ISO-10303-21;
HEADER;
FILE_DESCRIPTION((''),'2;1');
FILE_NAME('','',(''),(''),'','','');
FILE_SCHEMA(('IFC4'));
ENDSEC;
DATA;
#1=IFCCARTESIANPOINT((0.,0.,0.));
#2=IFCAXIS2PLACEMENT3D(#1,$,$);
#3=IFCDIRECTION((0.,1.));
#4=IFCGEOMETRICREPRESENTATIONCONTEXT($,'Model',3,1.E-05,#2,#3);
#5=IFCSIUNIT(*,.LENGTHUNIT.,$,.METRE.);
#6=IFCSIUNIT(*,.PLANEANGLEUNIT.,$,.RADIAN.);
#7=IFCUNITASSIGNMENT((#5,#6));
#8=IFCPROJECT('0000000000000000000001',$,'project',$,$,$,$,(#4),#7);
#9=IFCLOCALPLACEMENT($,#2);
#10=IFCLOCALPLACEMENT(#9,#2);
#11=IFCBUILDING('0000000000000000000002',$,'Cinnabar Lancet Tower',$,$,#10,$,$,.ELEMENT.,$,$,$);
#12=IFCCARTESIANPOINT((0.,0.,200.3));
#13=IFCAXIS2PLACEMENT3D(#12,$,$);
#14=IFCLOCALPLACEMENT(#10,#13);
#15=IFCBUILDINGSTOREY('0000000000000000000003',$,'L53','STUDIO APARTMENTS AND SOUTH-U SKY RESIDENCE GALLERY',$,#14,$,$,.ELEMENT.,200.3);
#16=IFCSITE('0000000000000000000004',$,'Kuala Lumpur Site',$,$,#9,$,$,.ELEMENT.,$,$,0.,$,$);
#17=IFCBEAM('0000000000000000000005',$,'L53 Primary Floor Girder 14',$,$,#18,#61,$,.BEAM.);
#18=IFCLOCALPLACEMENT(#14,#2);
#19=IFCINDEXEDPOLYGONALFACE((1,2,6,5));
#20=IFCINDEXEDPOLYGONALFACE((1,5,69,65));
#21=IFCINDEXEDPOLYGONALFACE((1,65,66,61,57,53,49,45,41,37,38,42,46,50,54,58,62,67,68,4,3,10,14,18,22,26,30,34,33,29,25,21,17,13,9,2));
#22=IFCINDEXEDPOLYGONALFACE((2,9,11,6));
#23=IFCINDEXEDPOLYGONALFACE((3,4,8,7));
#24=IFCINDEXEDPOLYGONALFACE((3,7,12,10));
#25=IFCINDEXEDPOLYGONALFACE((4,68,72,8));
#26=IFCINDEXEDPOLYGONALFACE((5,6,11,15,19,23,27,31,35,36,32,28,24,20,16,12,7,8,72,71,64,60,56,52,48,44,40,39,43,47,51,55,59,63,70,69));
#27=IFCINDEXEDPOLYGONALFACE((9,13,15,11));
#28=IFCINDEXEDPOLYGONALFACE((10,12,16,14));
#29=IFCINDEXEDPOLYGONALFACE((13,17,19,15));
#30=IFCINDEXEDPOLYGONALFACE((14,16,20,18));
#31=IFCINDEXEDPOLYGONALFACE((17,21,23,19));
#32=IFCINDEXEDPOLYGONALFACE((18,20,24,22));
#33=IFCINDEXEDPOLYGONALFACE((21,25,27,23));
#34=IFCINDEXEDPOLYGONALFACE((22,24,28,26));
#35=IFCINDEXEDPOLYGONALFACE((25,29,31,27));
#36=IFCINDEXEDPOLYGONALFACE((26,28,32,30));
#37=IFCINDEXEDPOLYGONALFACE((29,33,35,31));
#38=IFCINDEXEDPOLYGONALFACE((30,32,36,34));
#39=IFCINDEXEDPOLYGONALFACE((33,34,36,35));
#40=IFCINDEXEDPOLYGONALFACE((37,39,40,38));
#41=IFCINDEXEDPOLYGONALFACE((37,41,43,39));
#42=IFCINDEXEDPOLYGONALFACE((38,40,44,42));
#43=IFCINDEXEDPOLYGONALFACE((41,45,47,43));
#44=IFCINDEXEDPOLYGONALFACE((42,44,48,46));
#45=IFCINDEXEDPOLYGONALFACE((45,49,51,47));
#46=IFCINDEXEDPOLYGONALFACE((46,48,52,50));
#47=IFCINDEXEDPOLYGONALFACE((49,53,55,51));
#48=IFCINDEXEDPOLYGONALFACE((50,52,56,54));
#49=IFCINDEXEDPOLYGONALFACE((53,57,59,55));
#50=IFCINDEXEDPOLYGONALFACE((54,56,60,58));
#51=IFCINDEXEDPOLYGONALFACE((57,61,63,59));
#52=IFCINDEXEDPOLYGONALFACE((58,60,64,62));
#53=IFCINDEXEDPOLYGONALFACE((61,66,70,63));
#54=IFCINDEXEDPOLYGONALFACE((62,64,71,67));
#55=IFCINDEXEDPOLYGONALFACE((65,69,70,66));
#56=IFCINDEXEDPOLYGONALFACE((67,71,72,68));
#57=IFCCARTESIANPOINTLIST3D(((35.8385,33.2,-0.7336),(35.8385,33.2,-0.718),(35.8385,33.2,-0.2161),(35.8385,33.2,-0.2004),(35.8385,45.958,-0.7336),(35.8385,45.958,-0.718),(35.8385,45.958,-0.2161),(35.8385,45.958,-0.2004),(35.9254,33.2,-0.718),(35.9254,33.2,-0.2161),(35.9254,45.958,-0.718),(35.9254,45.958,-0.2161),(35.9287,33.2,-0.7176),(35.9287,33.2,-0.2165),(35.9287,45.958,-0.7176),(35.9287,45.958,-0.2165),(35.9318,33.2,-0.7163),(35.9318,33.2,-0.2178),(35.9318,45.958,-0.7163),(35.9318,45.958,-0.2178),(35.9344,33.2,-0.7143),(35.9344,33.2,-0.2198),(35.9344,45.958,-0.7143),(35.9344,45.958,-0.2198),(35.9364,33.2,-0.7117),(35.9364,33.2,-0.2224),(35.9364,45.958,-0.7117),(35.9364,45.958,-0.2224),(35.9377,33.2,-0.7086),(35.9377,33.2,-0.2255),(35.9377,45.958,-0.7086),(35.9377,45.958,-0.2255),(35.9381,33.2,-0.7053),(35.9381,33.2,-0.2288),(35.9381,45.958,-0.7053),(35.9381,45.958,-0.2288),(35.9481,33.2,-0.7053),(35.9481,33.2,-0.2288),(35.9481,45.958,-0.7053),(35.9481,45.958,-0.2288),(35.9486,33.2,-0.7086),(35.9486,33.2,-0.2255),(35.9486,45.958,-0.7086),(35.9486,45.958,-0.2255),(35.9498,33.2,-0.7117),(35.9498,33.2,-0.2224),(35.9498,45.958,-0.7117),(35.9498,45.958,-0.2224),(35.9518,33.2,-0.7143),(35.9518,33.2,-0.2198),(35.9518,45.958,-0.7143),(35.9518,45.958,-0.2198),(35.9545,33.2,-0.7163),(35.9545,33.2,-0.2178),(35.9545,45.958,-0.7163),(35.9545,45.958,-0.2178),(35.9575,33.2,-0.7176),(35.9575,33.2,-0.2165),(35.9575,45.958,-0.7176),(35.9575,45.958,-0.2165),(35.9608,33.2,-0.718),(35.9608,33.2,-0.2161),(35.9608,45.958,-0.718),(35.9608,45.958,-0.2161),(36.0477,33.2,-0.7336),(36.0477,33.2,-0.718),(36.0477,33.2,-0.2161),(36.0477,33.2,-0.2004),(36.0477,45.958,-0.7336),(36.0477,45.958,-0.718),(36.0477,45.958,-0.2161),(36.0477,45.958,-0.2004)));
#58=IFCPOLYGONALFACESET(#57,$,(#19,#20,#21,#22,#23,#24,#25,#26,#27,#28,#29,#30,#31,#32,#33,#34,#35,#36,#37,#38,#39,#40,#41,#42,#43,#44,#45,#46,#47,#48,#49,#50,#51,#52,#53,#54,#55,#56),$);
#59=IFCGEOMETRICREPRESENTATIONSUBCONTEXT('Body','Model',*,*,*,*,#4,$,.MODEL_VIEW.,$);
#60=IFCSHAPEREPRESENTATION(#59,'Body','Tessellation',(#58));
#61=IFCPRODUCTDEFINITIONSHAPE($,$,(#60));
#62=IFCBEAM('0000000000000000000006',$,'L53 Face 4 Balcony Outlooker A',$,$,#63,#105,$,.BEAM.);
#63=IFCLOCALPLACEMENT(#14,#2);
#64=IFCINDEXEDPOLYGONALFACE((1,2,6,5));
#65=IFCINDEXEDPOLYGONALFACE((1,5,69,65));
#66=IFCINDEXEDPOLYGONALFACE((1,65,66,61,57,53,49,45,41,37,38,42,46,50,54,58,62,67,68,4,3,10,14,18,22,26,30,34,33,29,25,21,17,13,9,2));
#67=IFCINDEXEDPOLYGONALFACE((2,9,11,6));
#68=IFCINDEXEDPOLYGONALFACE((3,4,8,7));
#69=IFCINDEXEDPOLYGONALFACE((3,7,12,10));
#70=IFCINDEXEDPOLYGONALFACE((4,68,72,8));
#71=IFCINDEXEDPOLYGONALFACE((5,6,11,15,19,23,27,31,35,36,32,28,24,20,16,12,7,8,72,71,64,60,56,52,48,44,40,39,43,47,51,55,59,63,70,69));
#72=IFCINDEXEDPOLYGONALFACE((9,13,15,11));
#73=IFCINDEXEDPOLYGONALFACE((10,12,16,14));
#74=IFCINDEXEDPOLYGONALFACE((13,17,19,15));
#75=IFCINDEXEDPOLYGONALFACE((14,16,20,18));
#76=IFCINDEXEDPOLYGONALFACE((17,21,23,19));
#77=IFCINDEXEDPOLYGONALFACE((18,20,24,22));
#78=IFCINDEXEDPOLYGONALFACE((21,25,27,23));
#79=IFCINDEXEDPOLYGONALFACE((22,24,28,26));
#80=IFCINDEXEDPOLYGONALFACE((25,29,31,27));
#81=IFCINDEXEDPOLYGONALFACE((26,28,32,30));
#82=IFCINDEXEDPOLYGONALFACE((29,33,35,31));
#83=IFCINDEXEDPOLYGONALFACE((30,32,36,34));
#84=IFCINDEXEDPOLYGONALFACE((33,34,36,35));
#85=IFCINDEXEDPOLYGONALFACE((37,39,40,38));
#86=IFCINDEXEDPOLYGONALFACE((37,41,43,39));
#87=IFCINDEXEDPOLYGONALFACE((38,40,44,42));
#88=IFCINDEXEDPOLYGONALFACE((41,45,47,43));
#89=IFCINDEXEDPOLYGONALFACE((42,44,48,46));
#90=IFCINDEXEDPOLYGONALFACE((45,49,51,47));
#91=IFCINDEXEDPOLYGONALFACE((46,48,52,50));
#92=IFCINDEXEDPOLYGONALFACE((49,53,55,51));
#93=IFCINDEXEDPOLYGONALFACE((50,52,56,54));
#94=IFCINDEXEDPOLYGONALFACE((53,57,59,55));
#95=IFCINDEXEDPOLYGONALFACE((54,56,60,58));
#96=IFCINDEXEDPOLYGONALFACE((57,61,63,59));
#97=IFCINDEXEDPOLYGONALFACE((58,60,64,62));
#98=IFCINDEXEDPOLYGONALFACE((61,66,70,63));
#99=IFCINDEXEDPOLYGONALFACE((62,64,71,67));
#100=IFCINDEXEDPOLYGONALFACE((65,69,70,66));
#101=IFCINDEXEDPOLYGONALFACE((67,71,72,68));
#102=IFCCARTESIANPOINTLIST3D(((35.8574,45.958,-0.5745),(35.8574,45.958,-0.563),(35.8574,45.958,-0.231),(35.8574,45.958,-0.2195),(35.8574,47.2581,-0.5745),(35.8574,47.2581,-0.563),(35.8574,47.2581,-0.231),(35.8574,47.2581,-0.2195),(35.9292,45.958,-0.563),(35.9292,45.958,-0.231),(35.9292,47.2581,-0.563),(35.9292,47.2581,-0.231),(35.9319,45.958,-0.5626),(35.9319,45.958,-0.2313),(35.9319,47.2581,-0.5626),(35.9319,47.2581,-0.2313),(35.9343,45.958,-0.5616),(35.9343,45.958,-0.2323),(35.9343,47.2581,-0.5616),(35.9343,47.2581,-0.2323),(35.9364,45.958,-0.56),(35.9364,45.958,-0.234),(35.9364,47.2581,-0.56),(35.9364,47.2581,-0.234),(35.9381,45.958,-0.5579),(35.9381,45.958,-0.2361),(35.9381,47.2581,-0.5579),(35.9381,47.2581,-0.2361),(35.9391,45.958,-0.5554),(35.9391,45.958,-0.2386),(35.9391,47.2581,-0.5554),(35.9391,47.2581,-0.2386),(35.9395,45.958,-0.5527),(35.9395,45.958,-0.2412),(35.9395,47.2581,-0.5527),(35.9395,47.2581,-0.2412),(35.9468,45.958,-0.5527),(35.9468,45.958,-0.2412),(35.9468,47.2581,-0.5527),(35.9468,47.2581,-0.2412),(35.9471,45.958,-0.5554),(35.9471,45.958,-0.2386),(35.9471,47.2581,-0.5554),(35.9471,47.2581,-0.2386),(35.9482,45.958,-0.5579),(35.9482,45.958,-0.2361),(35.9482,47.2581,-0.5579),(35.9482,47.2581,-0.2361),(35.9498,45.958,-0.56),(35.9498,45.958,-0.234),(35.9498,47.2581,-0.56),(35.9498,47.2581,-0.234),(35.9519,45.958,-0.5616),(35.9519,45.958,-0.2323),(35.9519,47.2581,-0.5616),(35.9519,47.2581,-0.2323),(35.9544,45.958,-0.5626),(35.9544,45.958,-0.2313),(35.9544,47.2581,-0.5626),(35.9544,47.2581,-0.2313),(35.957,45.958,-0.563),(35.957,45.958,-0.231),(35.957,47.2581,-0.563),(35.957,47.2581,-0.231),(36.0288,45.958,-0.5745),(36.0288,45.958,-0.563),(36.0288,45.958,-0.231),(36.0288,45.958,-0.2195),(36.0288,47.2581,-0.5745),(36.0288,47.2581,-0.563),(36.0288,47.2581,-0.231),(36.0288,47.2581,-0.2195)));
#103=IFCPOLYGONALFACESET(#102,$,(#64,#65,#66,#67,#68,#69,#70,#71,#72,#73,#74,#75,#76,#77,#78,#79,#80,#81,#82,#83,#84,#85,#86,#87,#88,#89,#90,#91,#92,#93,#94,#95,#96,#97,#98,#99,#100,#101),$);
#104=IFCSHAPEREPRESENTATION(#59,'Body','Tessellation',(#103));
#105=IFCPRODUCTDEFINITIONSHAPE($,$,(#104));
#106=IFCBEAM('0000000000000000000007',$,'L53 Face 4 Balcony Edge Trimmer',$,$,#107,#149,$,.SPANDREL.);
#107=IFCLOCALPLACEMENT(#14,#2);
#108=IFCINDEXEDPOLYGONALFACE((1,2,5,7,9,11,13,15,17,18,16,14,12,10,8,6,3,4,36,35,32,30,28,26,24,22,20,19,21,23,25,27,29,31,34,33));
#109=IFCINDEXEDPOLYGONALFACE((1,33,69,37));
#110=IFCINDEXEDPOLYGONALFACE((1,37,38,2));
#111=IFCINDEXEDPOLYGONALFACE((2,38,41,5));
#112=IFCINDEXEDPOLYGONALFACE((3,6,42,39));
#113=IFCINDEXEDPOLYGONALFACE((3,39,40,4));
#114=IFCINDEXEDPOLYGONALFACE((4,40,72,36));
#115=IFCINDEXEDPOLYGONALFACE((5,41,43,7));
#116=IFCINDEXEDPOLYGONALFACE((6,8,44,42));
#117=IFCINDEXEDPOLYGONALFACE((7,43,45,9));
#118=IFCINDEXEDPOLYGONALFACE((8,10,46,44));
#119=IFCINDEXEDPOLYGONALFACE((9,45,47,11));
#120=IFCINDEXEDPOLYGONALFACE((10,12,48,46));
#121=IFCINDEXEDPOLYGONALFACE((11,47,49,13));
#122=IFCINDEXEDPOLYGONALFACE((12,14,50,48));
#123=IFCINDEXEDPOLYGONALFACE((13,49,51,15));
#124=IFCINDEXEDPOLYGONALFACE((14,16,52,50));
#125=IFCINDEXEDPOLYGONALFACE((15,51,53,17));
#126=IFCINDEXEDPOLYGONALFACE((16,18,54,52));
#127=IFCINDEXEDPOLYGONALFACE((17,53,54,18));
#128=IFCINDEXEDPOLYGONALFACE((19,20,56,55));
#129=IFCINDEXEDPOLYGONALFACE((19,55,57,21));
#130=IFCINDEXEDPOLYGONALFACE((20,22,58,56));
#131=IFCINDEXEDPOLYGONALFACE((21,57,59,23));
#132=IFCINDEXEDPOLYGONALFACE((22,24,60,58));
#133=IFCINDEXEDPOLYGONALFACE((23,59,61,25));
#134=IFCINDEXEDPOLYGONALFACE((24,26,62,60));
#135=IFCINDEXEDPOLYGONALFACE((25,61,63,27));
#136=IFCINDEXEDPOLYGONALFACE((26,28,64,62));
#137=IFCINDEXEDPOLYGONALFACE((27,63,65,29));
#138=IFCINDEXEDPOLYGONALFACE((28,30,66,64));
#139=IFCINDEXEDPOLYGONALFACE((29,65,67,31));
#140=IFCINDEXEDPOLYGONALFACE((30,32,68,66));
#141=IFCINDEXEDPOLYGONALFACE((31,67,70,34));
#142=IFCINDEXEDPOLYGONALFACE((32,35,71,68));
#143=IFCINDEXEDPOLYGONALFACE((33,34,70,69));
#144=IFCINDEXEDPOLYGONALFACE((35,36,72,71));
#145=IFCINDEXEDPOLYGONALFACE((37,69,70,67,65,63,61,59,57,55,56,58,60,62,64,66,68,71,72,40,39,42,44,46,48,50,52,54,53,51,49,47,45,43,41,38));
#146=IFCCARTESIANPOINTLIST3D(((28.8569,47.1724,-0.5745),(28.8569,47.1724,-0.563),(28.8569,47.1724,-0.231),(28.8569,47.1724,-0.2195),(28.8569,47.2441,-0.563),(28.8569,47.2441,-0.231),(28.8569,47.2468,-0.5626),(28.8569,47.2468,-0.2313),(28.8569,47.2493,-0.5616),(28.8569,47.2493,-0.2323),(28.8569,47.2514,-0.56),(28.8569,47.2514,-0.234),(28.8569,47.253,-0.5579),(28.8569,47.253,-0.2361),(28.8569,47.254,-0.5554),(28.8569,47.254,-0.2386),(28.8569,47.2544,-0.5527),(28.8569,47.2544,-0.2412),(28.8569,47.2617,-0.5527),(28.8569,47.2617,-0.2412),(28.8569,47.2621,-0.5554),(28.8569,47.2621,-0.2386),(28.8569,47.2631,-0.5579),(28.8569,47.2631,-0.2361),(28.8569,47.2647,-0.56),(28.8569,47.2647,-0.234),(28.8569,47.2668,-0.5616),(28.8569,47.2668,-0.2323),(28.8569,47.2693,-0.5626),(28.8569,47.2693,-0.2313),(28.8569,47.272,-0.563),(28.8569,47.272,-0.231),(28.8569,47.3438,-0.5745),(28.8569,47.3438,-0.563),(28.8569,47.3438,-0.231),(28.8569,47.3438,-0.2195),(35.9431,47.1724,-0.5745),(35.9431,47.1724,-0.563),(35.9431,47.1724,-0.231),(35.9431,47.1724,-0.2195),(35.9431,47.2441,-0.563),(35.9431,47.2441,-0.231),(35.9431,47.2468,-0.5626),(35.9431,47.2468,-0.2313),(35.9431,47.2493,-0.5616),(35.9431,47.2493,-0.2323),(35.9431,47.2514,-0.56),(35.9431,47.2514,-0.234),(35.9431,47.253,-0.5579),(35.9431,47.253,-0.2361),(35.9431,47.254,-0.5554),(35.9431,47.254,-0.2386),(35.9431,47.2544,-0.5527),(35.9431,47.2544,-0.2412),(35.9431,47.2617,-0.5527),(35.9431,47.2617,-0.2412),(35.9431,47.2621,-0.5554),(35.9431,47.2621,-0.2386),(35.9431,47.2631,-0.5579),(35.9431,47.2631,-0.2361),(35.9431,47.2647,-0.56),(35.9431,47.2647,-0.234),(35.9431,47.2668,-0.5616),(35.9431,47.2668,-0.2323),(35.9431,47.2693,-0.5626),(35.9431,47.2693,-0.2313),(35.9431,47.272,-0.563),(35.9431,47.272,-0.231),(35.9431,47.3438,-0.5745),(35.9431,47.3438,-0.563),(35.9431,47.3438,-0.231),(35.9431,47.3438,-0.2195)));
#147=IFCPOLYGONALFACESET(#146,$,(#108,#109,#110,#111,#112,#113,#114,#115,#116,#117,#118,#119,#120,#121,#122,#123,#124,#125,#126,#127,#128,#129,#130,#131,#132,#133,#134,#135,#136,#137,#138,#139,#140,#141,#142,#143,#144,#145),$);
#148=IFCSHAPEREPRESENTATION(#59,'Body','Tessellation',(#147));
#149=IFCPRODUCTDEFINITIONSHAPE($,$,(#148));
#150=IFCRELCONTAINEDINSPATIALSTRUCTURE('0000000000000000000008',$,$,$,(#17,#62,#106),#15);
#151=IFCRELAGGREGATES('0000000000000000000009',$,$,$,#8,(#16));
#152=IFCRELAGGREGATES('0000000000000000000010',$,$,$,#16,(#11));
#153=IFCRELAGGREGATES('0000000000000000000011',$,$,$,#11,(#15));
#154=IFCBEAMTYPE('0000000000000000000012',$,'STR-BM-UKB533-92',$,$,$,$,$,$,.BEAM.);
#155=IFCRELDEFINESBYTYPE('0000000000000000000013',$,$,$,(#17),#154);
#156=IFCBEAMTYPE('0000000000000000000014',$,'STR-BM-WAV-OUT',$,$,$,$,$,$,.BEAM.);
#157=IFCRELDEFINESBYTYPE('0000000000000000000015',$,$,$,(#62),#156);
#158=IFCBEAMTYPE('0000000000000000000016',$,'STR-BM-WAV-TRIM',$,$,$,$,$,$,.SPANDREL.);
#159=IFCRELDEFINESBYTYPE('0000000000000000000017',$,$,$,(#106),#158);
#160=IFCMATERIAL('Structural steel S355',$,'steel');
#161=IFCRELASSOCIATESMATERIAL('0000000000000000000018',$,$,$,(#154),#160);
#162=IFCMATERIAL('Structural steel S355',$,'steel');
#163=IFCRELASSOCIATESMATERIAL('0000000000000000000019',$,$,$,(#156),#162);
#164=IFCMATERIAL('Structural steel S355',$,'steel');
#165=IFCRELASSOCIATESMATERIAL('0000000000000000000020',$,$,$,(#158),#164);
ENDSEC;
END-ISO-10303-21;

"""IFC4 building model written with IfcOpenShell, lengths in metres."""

from ifc_helpers import new_model, si_unit, direction, frame, origin, origin_2d, place, context, subcontext, project, spatial, i_section, extrude, material, material_profile, profile_set, type_object, element, save


model = new_model("IFC4")

# Units and contexts
model_context = context("Model", 3, precision=1e-05, world=origin(), true_north=direction((0.0, 1.0)))
body_context = subcontext(model_context, "Body", "Model", "MODEL_VIEW")
ifc_project = project(units=[si_unit("LENGTHUNIT", "METRE"), si_unit("PLANEANGLEUNIT", "RADIAN")], contexts=[model_context])

# Site, building, storey
site_placement = place(None, origin())
site = spatial("IfcSite", under=ifc_project, at=site_placement, Name="Kuala Lumpur Site", CompositionType="ELEMENT", RefElevation=0.0)
building_placement = place(site_placement, origin())
building = spatial("IfcBuilding", under=site, at=building_placement, Name="Cinnabar Lancet Tower", CompositionType="ELEMENT")
storey_placement = place(building_placement, frame((0.0, 0.0, 200.3)))
storey = spatial("IfcBuildingStorey", under=building, at=storey_placement, Name="L53", Description="STUDIO APARTMENTS AND SOUTH-U SKY RESIDENCE GALLERY", CompositionType="ELEMENT", Elevation=200.3)

# Beams
ifc_material_1 = material(Name="Structural steel S355", Category="steel")
ifc_material_profile_1 = material_profile(ifc_material_1, i_section(OverallWidth=0.2092, OverallDepth=0.5332, WebThickness=0.01, FlangeThickness=0.0156, FilletRadius=0.0127, at=origin_2d()), Name="UKB 533x210x92")
ifc_profile_set_1 = profile_set([ifc_material_profile_1], Name="Structural steel S355")
beam_type_1 = type_object("IfcBeamType", Name="STR-BM-UKB533-92", PredefinedType="BEAM", material=ifc_profile_set_1)
beam_1_placement = place(storey_placement, frame((35.9431, 45.958, -0.467), z_axis=(0.0, -1.0, 0.0), x_axis=(1.0, 0.0, 0.0)))
element("IfcBeam", 1, at=beam_1_placement, inside=storey, type_object=beam_type_1, Name="L53 Primary Floor Girder 14", PredefinedType="BEAM", context=body_context, shape_type="SweptSolid", body=[
    extrude(i_section(OverallWidth=0.2092, OverallDepth=0.5332, WebThickness=0.01, FlangeThickness=0.0156, FilletRadius=0.0127, at=origin_2d()), origin(), (0.0, 0.0, 1.0), 12.7581),
])
ifc_material_2 = material(Name="Structural steel S355", Category="steel")
ifc_material_profile_2 = material_profile(ifc_material_2, i_section(OverallWidth=0.1714, OverallDepth=0.355, WebThickness=0.0073, FlangeThickness=0.0115, FilletRadius=0.0103, at=origin_2d()), Name="UKB 356x171x51")
ifc_profile_set_2 = profile_set([ifc_material_profile_2], Name="Structural steel S355")
beam_type_2 = type_object("IfcBeamType", Name="STR-BM-WAV-OUT", PredefinedType="BEAM", material=ifc_profile_set_2)
beam_2_placement = place(storey_placement, frame((35.9431, 45.958, -0.397), z_axis=(0.0, 1.0, 0.0), x_axis=(-1.0, 0.0, 0.0)))
element("IfcBeam", 2, at=beam_2_placement, inside=storey, type_object=beam_type_2, Name="L53 Face 4 Balcony Outlooker A", PredefinedType="BEAM", context=body_context, shape_type="SweptSolid", body=[
    extrude(i_section(OverallWidth=0.1714, OverallDepth=0.355, WebThickness=0.0073, FlangeThickness=0.0115, FilletRadius=0.0103, at=origin_2d()), origin(), (0.0, 0.0, 1.0), 1.3),
])
ifc_material_3 = material(Name="Structural steel S355", Category="steel")
ifc_material_profile_3 = material_profile(ifc_material_3, i_section(OverallWidth=0.1714, OverallDepth=0.355, WebThickness=0.0073, FlangeThickness=0.0115, FilletRadius=0.0103, at=origin_2d()), Name="UKB 356x171x51")
ifc_profile_set_3 = profile_set([ifc_material_profile_3], Name="Structural steel S355")
beam_type_3 = type_object("IfcBeamType", Name="STR-BM-WAV-TRIM", PredefinedType="SPANDREL", material=ifc_profile_set_3)
beam_3_placement = place(storey_placement, frame((35.9431, 47.2581, -0.397), z_axis=(-1.0, 0.0, 0.0), x_axis=(0.0, -1.0, 0.0)))
element("IfcBeam", 3, at=beam_3_placement, inside=storey, type_object=beam_type_3, Name="L53 Face 4 Balcony Edge Trimmer", PredefinedType="SPANDREL", context=body_context, shape_type="SweptSolid", body=[
    extrude(i_section(OverallWidth=0.1714, OverallDepth=0.355, WebThickness=0.0073, FlangeThickness=0.0115, FilletRadius=0.0103, at=origin_2d()), origin(), (0.0, 0.0, 1.0), 7.0862),
])

save(model, "model.ifc")
